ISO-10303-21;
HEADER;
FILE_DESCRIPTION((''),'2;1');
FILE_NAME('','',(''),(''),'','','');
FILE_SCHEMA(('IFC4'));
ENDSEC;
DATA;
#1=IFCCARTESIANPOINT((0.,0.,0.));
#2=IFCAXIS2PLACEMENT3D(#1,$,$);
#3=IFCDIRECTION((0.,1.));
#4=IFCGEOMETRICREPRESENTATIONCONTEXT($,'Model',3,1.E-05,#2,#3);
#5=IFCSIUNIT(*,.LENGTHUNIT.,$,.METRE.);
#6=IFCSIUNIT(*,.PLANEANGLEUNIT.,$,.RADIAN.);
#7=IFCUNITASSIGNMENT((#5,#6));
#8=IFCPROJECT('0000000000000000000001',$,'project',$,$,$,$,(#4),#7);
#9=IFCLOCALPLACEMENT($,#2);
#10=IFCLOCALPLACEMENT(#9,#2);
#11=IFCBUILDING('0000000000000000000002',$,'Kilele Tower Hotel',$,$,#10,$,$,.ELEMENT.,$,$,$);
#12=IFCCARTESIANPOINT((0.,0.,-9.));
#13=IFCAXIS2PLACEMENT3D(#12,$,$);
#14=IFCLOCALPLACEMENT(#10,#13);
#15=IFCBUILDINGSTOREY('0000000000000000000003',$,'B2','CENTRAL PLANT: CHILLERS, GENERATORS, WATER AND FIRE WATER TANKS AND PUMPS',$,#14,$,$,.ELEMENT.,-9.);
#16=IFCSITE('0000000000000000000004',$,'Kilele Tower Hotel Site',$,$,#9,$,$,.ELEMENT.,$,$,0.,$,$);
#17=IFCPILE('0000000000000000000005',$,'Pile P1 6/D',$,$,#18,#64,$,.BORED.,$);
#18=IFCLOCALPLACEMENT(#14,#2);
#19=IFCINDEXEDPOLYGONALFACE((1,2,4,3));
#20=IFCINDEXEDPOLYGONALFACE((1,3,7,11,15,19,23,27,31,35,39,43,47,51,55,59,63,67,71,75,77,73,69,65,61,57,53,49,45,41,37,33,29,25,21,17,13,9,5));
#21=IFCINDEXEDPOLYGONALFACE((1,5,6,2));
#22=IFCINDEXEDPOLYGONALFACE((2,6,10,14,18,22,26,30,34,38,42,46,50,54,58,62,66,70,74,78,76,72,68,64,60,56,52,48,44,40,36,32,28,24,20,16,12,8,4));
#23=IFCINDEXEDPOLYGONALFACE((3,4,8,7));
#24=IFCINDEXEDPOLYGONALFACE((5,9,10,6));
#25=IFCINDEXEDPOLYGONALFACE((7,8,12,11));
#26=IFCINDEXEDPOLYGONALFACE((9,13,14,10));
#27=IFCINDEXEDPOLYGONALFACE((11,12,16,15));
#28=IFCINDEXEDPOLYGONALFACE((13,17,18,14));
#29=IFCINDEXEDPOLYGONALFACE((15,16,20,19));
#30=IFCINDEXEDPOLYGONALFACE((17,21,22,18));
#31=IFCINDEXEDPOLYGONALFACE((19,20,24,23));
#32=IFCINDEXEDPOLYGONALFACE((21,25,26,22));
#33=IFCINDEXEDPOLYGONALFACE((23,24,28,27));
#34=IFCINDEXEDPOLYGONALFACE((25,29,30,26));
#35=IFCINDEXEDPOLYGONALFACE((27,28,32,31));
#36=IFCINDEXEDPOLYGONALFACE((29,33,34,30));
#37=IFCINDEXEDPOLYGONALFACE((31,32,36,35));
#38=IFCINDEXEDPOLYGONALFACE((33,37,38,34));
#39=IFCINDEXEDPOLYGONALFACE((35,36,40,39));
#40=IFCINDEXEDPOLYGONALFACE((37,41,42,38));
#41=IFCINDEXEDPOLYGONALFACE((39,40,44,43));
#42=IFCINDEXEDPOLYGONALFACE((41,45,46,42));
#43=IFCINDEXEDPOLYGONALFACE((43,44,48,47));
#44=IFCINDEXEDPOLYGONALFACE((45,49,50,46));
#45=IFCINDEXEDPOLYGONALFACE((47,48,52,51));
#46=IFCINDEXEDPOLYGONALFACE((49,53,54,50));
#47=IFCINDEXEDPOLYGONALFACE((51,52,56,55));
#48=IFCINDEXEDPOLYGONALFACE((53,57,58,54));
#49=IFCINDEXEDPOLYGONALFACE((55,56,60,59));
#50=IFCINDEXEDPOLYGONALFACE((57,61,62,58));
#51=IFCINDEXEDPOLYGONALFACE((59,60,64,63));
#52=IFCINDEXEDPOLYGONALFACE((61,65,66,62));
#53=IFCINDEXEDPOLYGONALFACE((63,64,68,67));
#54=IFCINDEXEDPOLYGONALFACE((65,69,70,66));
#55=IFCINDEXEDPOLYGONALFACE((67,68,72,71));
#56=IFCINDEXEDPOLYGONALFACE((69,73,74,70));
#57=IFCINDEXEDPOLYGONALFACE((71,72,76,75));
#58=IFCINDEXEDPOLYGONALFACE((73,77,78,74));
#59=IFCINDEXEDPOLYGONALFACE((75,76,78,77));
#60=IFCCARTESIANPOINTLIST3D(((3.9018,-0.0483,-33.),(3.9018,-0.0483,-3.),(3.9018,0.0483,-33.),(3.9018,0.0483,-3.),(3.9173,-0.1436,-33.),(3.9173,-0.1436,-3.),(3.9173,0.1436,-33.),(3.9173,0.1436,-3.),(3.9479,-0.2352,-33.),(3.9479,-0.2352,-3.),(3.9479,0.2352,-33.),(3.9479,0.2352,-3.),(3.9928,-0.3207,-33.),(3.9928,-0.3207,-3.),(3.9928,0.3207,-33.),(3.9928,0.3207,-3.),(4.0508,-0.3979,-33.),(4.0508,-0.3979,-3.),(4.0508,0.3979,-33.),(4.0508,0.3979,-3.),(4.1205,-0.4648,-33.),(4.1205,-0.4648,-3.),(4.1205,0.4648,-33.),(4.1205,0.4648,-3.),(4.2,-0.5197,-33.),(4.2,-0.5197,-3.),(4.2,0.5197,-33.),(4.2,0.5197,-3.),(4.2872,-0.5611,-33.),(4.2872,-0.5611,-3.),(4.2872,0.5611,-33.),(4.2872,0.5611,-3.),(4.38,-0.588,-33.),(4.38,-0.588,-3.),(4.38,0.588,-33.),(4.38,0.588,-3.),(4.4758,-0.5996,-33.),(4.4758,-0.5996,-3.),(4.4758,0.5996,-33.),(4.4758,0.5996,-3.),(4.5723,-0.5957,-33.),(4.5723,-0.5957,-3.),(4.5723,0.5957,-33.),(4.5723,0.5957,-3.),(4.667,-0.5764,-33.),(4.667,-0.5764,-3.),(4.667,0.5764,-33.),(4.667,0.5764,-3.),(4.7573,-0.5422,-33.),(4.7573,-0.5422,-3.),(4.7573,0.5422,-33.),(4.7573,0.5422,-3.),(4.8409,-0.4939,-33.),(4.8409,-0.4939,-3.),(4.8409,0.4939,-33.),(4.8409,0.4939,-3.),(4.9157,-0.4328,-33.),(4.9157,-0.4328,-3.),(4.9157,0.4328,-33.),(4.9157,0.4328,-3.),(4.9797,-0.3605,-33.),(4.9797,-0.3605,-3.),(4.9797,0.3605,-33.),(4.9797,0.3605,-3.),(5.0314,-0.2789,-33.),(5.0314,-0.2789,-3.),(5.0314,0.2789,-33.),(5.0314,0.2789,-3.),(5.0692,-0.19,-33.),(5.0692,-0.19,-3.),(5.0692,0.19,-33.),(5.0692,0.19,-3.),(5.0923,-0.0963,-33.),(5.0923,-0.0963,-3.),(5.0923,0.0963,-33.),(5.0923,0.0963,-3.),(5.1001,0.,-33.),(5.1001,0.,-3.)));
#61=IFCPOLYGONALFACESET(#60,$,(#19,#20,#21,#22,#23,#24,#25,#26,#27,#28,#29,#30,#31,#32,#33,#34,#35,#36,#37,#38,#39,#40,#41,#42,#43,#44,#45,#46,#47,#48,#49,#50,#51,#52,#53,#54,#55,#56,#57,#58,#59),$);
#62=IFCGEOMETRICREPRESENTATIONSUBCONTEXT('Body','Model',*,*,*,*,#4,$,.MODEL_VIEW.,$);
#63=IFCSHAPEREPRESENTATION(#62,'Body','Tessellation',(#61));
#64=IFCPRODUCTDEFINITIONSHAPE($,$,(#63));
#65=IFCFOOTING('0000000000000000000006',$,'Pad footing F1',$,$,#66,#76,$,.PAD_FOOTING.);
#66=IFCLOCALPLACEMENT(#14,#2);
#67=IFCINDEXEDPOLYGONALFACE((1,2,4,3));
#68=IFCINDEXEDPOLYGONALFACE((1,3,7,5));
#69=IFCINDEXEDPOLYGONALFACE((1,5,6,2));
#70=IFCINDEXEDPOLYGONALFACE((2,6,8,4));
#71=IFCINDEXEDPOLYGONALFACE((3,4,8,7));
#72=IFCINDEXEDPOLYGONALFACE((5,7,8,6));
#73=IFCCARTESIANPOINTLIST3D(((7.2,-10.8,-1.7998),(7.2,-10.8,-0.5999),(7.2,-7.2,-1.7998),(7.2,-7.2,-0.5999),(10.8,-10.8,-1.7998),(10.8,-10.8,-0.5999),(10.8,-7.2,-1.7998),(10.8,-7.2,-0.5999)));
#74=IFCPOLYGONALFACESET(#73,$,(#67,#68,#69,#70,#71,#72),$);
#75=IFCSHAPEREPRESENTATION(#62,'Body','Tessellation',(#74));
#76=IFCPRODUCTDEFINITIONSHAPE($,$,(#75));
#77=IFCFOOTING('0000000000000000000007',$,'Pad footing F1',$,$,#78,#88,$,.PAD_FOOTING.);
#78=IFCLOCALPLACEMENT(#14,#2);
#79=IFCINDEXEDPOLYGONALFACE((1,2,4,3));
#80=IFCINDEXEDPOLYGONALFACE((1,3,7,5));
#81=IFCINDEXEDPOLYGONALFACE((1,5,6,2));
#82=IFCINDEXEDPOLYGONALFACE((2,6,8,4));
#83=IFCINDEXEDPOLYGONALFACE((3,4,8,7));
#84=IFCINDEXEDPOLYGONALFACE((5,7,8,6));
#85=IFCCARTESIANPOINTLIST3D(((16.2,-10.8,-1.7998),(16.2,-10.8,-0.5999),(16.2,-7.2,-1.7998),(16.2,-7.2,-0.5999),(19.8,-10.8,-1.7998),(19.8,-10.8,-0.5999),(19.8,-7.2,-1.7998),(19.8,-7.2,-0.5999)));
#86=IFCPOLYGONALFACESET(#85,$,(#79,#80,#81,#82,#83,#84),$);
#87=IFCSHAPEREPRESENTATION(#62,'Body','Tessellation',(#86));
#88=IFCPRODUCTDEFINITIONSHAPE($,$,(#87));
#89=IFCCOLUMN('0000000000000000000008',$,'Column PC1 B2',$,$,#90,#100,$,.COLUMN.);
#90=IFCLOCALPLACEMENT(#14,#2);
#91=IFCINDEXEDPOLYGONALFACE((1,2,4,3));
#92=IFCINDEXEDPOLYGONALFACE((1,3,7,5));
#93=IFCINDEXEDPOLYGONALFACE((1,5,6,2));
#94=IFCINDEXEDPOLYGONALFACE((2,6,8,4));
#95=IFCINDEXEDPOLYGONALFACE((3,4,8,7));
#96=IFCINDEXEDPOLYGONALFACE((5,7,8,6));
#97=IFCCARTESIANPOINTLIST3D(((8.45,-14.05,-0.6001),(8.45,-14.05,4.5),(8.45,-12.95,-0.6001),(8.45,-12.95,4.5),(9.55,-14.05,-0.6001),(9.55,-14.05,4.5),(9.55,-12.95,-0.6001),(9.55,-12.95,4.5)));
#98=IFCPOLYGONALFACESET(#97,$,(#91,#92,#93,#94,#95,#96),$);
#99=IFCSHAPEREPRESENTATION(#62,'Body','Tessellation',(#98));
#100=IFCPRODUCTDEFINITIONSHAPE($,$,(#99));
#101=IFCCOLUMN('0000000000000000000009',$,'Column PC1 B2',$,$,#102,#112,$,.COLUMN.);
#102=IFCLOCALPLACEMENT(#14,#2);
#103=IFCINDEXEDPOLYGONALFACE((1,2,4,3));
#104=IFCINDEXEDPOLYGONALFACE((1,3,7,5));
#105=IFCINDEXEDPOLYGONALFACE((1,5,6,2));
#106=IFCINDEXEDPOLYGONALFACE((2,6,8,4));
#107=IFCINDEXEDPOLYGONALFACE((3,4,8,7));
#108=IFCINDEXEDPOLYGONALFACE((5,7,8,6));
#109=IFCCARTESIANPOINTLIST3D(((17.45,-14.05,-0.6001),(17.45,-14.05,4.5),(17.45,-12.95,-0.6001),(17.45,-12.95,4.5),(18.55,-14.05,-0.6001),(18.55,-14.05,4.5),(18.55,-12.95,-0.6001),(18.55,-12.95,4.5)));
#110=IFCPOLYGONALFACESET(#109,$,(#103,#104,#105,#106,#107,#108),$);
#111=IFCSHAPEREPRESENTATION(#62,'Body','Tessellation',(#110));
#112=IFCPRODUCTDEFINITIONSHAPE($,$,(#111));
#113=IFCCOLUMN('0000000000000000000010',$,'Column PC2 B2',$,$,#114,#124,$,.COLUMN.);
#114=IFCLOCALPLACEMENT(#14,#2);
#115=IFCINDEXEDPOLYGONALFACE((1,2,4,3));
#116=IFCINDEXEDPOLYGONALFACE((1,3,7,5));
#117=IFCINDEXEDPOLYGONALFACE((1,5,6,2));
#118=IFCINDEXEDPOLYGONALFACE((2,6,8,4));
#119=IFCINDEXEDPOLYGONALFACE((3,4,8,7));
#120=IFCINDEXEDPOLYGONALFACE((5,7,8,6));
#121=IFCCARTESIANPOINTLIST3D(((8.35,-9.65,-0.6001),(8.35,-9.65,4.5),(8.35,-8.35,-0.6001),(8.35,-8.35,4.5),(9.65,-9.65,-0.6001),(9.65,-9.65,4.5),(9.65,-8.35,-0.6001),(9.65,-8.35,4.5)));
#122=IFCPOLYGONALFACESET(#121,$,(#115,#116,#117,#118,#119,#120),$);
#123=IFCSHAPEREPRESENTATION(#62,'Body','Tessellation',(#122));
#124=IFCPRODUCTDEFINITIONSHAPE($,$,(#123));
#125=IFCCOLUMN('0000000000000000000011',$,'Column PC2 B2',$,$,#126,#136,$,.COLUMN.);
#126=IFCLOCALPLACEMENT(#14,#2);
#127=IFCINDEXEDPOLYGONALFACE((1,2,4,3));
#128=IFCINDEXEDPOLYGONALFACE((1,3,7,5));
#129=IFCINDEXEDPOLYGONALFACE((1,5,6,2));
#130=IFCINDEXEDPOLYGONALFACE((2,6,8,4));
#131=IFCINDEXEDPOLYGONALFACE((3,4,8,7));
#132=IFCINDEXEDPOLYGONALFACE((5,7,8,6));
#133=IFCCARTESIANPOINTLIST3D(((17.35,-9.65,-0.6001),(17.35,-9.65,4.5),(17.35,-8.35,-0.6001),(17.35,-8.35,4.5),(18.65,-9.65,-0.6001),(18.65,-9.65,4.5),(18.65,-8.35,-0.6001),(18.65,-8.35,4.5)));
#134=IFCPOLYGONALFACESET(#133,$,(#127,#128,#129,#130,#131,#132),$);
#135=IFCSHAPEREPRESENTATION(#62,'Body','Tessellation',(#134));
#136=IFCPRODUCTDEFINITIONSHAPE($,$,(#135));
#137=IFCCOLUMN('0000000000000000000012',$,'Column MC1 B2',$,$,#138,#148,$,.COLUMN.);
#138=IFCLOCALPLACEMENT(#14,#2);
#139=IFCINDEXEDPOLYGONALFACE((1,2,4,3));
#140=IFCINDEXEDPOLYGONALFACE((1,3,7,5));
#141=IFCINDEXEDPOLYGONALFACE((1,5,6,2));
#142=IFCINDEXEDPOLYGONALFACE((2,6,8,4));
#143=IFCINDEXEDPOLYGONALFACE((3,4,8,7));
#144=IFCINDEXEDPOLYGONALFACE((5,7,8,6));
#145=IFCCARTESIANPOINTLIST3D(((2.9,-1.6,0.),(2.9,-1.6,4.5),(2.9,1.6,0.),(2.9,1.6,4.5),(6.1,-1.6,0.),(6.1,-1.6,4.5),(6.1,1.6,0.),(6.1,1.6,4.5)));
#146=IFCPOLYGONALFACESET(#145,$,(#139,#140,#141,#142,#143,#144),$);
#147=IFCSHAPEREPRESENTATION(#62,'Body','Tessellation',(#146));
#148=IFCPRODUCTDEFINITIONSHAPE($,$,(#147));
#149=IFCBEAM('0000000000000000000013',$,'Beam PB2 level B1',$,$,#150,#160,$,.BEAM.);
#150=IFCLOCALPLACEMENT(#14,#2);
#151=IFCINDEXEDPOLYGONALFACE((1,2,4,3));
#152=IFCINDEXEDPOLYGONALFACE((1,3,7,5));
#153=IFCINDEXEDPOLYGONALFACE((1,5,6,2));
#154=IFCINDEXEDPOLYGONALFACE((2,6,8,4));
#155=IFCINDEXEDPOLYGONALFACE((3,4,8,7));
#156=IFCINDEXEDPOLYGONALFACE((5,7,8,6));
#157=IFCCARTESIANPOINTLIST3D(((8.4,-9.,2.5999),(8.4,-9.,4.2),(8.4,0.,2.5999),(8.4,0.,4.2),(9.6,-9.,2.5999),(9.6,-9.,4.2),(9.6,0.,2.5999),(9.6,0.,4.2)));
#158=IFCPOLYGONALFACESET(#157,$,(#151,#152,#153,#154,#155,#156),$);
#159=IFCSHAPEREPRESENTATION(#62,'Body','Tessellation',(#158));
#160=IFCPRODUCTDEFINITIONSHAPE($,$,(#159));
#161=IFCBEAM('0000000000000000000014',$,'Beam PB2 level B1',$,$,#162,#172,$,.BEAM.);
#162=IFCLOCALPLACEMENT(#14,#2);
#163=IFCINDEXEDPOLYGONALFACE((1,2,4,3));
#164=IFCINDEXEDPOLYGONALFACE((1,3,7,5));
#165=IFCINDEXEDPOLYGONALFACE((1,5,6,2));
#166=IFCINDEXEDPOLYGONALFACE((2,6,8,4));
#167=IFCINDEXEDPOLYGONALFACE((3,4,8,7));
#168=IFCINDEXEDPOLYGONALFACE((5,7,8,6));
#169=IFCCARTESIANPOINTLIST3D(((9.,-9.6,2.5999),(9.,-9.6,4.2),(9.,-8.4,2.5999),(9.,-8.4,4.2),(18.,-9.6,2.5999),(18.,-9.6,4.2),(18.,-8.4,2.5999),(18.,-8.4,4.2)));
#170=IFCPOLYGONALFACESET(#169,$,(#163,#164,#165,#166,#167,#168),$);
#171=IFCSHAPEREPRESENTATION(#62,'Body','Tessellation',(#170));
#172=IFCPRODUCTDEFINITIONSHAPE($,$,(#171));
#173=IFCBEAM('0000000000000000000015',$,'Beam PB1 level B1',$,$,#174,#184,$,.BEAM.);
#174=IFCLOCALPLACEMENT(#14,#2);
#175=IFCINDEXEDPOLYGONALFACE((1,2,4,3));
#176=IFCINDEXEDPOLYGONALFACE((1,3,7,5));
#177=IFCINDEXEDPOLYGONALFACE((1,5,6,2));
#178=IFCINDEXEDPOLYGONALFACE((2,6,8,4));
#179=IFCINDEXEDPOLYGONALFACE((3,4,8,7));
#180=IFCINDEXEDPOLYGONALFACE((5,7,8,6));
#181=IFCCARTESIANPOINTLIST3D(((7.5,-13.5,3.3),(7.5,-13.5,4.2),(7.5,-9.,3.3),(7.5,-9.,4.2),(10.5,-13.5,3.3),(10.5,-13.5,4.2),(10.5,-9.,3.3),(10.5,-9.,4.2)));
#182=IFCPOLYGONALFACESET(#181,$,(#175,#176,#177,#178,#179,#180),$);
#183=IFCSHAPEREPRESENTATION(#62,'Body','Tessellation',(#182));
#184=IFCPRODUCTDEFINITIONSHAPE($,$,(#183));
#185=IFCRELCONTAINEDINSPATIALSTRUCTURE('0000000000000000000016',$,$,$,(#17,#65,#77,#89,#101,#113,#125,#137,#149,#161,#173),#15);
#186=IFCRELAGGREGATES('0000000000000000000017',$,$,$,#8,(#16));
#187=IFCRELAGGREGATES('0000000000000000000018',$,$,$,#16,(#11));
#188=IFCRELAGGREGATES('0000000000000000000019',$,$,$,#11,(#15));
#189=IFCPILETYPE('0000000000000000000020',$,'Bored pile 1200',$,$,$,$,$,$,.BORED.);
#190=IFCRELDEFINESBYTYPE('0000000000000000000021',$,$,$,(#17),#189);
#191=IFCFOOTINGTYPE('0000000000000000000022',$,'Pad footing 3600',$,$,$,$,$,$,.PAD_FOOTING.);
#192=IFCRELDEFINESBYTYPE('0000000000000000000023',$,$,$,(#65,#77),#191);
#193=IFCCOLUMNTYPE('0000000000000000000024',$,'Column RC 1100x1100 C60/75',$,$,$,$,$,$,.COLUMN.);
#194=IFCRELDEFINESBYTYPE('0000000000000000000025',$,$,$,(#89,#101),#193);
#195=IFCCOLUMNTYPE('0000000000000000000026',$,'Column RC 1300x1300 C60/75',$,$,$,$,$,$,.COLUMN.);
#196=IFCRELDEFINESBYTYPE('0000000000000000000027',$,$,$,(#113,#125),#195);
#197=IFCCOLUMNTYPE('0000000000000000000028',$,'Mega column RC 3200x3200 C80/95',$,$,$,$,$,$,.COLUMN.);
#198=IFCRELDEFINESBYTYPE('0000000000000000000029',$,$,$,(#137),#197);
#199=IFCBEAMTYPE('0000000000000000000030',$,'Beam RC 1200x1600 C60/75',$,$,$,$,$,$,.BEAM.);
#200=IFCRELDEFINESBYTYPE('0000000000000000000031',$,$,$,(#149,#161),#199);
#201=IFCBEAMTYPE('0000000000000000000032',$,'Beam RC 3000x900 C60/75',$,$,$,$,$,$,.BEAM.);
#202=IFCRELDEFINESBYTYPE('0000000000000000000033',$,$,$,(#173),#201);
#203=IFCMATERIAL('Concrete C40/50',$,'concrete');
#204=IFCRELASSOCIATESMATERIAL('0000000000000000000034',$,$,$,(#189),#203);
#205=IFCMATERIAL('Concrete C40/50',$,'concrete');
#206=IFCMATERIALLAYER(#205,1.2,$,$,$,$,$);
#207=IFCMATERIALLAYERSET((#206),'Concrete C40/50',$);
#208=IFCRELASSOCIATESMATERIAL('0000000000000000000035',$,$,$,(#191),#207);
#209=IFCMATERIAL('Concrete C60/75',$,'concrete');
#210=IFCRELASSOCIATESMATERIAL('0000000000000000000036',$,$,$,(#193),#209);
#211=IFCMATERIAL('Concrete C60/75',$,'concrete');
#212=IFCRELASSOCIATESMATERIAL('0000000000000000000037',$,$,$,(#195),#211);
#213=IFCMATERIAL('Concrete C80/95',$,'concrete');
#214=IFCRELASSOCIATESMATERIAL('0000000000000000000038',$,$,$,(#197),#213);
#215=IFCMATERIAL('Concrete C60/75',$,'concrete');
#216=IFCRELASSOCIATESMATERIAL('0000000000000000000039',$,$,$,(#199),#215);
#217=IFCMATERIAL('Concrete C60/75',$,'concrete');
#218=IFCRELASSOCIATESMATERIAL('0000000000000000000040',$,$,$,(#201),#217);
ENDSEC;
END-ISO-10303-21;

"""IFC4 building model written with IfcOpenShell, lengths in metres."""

from ifc_helpers import new_model, si_unit, direction, frame, origin, origin_2d, place, context, subcontext, project, spatial, rectangle, circle, extrude, material, layer, layer_set, material_profile, profile_set, type_object, element, save


model = new_model("IFC4")

# Units and contexts
model_context = context("Model", 3, precision=1e-05, world=origin(), true_north=direction((0.0, 1.0)))
body_context = subcontext(model_context, "Body", "Model", "MODEL_VIEW")
ifc_project = project(units=[si_unit("LENGTHUNIT", "METRE"), si_unit("PLANEANGLEUNIT", "RADIAN")], contexts=[model_context])

# Site, building, storey
site_placement = place(None, origin())
site = spatial("IfcSite", under=ifc_project, at=site_placement, Name="Kilele Tower Hotel Site", CompositionType="ELEMENT", RefElevation=0.0)
building_placement = place(site_placement, origin())
building = spatial("IfcBuilding", under=site, at=building_placement, Name="Kilele Tower Hotel", CompositionType="ELEMENT")
storey_placement = place(building_placement, frame((0.0, 0.0, -9.0)))
storey = spatial("IfcBuildingStorey", under=building, at=storey_placement, Name="B2", Description="CENTRAL PLANT: CHILLERS, GENERATORS, WATER AND FIRE WATER TANKS AND PUMPS", CompositionType="ELEMENT", Elevation=-9.0)

# Pile
ifc_material_1 = material(Name="Concrete C40/50", Category="concrete")
ifc_material_profile_1 = material_profile(ifc_material_1, circle(Radius=0.6001, at=origin_2d()))
ifc_profile_set_1 = profile_set([ifc_material_profile_1], Name="Concrete C40/50")
pile_type = type_object("IfcPileType", Name="Bored pile 1200", PredefinedType="BORED", material=ifc_profile_set_1)
pile_placement = place(storey_placement, frame((4.5, 0.0, -3.0), z_axis=(0.0, 0.0, -1.0), x_axis=(1.0, 0.0, 0.0)))
element("IfcPile", 1, at=pile_placement, inside=storey, type_object=pile_type, Name="Pile P1 6/D", PredefinedType="BORED", context=body_context, shape_type="SweptSolid", body=[
    extrude(circle(Radius=0.6001, at=origin_2d()), origin(), (0.0, 0.0, 1.0), 30.0),
])

# Footings
ifc_material_2 = material(Name="Concrete C40/50", Category="concrete")
ifc_layer_1 = layer(ifc_material_2, 1.2)
ifc_layer_set_1 = layer_set([ifc_layer_1], Name="Concrete C40/50")
footing_type = type_object("IfcFootingType", Name="Pad footing 3600", PredefinedType="PAD_FOOTING", material=ifc_layer_set_1)
for number, where, z_axis, x_axis, name in (
    (2, (9.0, -9.0, -1.7998), (0.0, 0.0, 1.0), (1.0, 0.0, 0.0), "Pad footing F1"),
    (3, (18.0, -9.0, -1.7998), (0.0, 0.0, 1.0), (1.0, 0.0, 0.0), "Pad footing F1"),
):
    element("IfcFooting", number, at=place(storey_placement, frame(where, z_axis=z_axis, x_axis=x_axis)), inside=storey, type_object=footing_type, Name=name, PredefinedType="PAD_FOOTING", context=body_context, shape_type="SweptSolid", body=[
        extrude(rectangle(XDim=3.6001, YDim=3.6001, at=origin_2d()), origin(), (0.0, 0.0, 1.0), 1.2),
    ])

# Columns
ifc_material_3 = material(Name="Concrete C60/75", Category="concrete")
ifc_material_profile_2 = material_profile(ifc_material_3, rectangle(XDim=1.1001, YDim=1.1001, at=origin_2d()))
ifc_profile_set_2 = profile_set([ifc_material_profile_2], Name="Concrete C60/75")
column_type_1 = type_object("IfcColumnType", Name="Column RC 1100x1100 C60/75", PredefinedType="COLUMN", material=ifc_profile_set_2)
for number, where, z_axis, x_axis, name in (
    (4, (9.0, -13.5, -0.6001), (0.0, 0.0, 1.0), (1.0, 0.0, 0.0), "Column PC1 B2"),
    (5, (18.0, -13.5, -0.6001), (0.0, 0.0, 1.0), (1.0, 0.0, 0.0), "Column PC1 B2"),
):
    element("IfcColumn", number, at=place(storey_placement, frame(where, z_axis=z_axis, x_axis=x_axis)), inside=storey, type_object=column_type_1, Name=name, PredefinedType="COLUMN", context=body_context, shape_type="SweptSolid", body=[
        extrude(rectangle(XDim=1.1001, YDim=1.1001, at=origin_2d()), origin(), (0.0, 0.0, 1.0), 5.1001),
    ])
ifc_material_4 = material(Name="Concrete C60/75", Category="concrete")
ifc_material_profile_3 = material_profile(ifc_material_4, rectangle(XDim=1.3, YDim=1.3, at=origin_2d()))
ifc_profile_set_3 = profile_set([ifc_material_profile_3], Name="Concrete C60/75")
column_type_2 = type_object("IfcColumnType", Name="Column RC 1300x1300 C60/75", PredefinedType="COLUMN", material=ifc_profile_set_3)
for number, where, z_axis, x_axis, name in (
    (6, (9.0, -9.0, -0.6001), (0.0, 0.0, 1.0), (1.0, 0.0, 0.0), "Column PC2 B2"),
    (7, (18.0, -9.0, -0.6001), (0.0, 0.0, 1.0), (1.0, 0.0, 0.0), "Column PC2 B2"),
):
    element("IfcColumn", number, at=place(storey_placement, frame(where, z_axis=z_axis, x_axis=x_axis)), inside=storey, type_object=column_type_2, Name=name, PredefinedType="COLUMN", context=body_context, shape_type="SweptSolid", body=[
        extrude(rectangle(XDim=1.3, YDim=1.3, at=origin_2d()), origin(), (0.0, 0.0, 1.0), 5.1001),
    ])
ifc_material_5 = material(Name="Concrete C80/95", Category="concrete")
ifc_material_profile_4 = material_profile(ifc_material_5, rectangle(XDim=3.2, YDim=3.2, at=origin_2d()))
ifc_profile_set_4 = profile_set([ifc_material_profile_4], Name="Concrete C80/95")
column_type_3 = type_object("IfcColumnType", Name="Mega column RC 3200x3200 C80/95", PredefinedType="COLUMN", material=ifc_profile_set_4)
column_placement = place(storey_placement, frame((4.5, 0.0, 0.0), z_axis=(0.0, 0.0, 1.0), x_axis=(1.0, 0.0, 0.0)))
element("IfcColumn", 8, at=column_placement, inside=storey, type_object=column_type_3, Name="Column MC1 B2", PredefinedType="COLUMN", context=body_context, shape_type="SweptSolid", body=[
    extrude(rectangle(XDim=3.2, YDim=3.2, at=origin_2d()), origin(), (0.0, 0.0, 1.0), 4.5),
])

# Beams
ifc_material_6 = material(Name="Concrete C60/75", Category="concrete")
ifc_material_profile_5 = material_profile(ifc_material_6, rectangle(XDim=1.2, YDim=1.6001, at=origin_2d()))
ifc_profile_set_5 = profile_set([ifc_material_profile_5], Name="Concrete C60/75")
beam_type_1 = type_object("IfcBeamType", Name="Beam RC 1200x1600 C60/75", PredefinedType="BEAM", material=ifc_profile_set_5)
for number, where, z_axis, x_axis, name in (
    (9, (9.0, -9.0, 3.3999), (0.0, 1.0, 0.0), (-1.0, 0.0, 0.0), "Beam PB2 level B1"),
    (10, (9.0, -9.0, 3.3999), (1.0, 0.0, 0.0), (0.0, 1.0, 0.0), "Beam PB2 level B1"),
):
    element("IfcBeam", number, at=place(storey_placement, frame(where, z_axis=z_axis, x_axis=x_axis)), inside=storey, type_object=beam_type_1, Name=name, PredefinedType="BEAM", context=body_context, shape_type="SweptSolid", body=[
        extrude(rectangle(XDim=1.2, YDim=1.6001, at=origin_2d()), origin(), (0.0, 0.0, 1.0), 9.0),
    ])
ifc_material_7 = material(Name="Concrete C60/75", Category="concrete")
ifc_material_profile_6 = material_profile(ifc_material_7, rectangle(XDim=3.0, YDim=0.8999, at=origin_2d()))
ifc_profile_set_6 = profile_set([ifc_material_profile_6], Name="Concrete C60/75")
beam_type_2 = type_object("IfcBeamType", Name="Beam RC 3000x900 C60/75", PredefinedType="BEAM", material=ifc_profile_set_6)
beam_placement = place(storey_placement, frame((9.0, -13.5, 3.75), z_axis=(0.0, 1.0, 0.0), x_axis=(-1.0, 0.0, 0.0)))
element("IfcBeam", 11, at=beam_placement, inside=storey, type_object=beam_type_2, Name="Beam PB1 level B1", PredefinedType="BEAM", context=body_context, shape_type="SweptSolid", body=[
    extrude(rectangle(XDim=3.0, YDim=0.8999, at=origin_2d()), origin(), (0.0, 0.0, 1.0), 4.5),
])

save(model, "model.ifc")
